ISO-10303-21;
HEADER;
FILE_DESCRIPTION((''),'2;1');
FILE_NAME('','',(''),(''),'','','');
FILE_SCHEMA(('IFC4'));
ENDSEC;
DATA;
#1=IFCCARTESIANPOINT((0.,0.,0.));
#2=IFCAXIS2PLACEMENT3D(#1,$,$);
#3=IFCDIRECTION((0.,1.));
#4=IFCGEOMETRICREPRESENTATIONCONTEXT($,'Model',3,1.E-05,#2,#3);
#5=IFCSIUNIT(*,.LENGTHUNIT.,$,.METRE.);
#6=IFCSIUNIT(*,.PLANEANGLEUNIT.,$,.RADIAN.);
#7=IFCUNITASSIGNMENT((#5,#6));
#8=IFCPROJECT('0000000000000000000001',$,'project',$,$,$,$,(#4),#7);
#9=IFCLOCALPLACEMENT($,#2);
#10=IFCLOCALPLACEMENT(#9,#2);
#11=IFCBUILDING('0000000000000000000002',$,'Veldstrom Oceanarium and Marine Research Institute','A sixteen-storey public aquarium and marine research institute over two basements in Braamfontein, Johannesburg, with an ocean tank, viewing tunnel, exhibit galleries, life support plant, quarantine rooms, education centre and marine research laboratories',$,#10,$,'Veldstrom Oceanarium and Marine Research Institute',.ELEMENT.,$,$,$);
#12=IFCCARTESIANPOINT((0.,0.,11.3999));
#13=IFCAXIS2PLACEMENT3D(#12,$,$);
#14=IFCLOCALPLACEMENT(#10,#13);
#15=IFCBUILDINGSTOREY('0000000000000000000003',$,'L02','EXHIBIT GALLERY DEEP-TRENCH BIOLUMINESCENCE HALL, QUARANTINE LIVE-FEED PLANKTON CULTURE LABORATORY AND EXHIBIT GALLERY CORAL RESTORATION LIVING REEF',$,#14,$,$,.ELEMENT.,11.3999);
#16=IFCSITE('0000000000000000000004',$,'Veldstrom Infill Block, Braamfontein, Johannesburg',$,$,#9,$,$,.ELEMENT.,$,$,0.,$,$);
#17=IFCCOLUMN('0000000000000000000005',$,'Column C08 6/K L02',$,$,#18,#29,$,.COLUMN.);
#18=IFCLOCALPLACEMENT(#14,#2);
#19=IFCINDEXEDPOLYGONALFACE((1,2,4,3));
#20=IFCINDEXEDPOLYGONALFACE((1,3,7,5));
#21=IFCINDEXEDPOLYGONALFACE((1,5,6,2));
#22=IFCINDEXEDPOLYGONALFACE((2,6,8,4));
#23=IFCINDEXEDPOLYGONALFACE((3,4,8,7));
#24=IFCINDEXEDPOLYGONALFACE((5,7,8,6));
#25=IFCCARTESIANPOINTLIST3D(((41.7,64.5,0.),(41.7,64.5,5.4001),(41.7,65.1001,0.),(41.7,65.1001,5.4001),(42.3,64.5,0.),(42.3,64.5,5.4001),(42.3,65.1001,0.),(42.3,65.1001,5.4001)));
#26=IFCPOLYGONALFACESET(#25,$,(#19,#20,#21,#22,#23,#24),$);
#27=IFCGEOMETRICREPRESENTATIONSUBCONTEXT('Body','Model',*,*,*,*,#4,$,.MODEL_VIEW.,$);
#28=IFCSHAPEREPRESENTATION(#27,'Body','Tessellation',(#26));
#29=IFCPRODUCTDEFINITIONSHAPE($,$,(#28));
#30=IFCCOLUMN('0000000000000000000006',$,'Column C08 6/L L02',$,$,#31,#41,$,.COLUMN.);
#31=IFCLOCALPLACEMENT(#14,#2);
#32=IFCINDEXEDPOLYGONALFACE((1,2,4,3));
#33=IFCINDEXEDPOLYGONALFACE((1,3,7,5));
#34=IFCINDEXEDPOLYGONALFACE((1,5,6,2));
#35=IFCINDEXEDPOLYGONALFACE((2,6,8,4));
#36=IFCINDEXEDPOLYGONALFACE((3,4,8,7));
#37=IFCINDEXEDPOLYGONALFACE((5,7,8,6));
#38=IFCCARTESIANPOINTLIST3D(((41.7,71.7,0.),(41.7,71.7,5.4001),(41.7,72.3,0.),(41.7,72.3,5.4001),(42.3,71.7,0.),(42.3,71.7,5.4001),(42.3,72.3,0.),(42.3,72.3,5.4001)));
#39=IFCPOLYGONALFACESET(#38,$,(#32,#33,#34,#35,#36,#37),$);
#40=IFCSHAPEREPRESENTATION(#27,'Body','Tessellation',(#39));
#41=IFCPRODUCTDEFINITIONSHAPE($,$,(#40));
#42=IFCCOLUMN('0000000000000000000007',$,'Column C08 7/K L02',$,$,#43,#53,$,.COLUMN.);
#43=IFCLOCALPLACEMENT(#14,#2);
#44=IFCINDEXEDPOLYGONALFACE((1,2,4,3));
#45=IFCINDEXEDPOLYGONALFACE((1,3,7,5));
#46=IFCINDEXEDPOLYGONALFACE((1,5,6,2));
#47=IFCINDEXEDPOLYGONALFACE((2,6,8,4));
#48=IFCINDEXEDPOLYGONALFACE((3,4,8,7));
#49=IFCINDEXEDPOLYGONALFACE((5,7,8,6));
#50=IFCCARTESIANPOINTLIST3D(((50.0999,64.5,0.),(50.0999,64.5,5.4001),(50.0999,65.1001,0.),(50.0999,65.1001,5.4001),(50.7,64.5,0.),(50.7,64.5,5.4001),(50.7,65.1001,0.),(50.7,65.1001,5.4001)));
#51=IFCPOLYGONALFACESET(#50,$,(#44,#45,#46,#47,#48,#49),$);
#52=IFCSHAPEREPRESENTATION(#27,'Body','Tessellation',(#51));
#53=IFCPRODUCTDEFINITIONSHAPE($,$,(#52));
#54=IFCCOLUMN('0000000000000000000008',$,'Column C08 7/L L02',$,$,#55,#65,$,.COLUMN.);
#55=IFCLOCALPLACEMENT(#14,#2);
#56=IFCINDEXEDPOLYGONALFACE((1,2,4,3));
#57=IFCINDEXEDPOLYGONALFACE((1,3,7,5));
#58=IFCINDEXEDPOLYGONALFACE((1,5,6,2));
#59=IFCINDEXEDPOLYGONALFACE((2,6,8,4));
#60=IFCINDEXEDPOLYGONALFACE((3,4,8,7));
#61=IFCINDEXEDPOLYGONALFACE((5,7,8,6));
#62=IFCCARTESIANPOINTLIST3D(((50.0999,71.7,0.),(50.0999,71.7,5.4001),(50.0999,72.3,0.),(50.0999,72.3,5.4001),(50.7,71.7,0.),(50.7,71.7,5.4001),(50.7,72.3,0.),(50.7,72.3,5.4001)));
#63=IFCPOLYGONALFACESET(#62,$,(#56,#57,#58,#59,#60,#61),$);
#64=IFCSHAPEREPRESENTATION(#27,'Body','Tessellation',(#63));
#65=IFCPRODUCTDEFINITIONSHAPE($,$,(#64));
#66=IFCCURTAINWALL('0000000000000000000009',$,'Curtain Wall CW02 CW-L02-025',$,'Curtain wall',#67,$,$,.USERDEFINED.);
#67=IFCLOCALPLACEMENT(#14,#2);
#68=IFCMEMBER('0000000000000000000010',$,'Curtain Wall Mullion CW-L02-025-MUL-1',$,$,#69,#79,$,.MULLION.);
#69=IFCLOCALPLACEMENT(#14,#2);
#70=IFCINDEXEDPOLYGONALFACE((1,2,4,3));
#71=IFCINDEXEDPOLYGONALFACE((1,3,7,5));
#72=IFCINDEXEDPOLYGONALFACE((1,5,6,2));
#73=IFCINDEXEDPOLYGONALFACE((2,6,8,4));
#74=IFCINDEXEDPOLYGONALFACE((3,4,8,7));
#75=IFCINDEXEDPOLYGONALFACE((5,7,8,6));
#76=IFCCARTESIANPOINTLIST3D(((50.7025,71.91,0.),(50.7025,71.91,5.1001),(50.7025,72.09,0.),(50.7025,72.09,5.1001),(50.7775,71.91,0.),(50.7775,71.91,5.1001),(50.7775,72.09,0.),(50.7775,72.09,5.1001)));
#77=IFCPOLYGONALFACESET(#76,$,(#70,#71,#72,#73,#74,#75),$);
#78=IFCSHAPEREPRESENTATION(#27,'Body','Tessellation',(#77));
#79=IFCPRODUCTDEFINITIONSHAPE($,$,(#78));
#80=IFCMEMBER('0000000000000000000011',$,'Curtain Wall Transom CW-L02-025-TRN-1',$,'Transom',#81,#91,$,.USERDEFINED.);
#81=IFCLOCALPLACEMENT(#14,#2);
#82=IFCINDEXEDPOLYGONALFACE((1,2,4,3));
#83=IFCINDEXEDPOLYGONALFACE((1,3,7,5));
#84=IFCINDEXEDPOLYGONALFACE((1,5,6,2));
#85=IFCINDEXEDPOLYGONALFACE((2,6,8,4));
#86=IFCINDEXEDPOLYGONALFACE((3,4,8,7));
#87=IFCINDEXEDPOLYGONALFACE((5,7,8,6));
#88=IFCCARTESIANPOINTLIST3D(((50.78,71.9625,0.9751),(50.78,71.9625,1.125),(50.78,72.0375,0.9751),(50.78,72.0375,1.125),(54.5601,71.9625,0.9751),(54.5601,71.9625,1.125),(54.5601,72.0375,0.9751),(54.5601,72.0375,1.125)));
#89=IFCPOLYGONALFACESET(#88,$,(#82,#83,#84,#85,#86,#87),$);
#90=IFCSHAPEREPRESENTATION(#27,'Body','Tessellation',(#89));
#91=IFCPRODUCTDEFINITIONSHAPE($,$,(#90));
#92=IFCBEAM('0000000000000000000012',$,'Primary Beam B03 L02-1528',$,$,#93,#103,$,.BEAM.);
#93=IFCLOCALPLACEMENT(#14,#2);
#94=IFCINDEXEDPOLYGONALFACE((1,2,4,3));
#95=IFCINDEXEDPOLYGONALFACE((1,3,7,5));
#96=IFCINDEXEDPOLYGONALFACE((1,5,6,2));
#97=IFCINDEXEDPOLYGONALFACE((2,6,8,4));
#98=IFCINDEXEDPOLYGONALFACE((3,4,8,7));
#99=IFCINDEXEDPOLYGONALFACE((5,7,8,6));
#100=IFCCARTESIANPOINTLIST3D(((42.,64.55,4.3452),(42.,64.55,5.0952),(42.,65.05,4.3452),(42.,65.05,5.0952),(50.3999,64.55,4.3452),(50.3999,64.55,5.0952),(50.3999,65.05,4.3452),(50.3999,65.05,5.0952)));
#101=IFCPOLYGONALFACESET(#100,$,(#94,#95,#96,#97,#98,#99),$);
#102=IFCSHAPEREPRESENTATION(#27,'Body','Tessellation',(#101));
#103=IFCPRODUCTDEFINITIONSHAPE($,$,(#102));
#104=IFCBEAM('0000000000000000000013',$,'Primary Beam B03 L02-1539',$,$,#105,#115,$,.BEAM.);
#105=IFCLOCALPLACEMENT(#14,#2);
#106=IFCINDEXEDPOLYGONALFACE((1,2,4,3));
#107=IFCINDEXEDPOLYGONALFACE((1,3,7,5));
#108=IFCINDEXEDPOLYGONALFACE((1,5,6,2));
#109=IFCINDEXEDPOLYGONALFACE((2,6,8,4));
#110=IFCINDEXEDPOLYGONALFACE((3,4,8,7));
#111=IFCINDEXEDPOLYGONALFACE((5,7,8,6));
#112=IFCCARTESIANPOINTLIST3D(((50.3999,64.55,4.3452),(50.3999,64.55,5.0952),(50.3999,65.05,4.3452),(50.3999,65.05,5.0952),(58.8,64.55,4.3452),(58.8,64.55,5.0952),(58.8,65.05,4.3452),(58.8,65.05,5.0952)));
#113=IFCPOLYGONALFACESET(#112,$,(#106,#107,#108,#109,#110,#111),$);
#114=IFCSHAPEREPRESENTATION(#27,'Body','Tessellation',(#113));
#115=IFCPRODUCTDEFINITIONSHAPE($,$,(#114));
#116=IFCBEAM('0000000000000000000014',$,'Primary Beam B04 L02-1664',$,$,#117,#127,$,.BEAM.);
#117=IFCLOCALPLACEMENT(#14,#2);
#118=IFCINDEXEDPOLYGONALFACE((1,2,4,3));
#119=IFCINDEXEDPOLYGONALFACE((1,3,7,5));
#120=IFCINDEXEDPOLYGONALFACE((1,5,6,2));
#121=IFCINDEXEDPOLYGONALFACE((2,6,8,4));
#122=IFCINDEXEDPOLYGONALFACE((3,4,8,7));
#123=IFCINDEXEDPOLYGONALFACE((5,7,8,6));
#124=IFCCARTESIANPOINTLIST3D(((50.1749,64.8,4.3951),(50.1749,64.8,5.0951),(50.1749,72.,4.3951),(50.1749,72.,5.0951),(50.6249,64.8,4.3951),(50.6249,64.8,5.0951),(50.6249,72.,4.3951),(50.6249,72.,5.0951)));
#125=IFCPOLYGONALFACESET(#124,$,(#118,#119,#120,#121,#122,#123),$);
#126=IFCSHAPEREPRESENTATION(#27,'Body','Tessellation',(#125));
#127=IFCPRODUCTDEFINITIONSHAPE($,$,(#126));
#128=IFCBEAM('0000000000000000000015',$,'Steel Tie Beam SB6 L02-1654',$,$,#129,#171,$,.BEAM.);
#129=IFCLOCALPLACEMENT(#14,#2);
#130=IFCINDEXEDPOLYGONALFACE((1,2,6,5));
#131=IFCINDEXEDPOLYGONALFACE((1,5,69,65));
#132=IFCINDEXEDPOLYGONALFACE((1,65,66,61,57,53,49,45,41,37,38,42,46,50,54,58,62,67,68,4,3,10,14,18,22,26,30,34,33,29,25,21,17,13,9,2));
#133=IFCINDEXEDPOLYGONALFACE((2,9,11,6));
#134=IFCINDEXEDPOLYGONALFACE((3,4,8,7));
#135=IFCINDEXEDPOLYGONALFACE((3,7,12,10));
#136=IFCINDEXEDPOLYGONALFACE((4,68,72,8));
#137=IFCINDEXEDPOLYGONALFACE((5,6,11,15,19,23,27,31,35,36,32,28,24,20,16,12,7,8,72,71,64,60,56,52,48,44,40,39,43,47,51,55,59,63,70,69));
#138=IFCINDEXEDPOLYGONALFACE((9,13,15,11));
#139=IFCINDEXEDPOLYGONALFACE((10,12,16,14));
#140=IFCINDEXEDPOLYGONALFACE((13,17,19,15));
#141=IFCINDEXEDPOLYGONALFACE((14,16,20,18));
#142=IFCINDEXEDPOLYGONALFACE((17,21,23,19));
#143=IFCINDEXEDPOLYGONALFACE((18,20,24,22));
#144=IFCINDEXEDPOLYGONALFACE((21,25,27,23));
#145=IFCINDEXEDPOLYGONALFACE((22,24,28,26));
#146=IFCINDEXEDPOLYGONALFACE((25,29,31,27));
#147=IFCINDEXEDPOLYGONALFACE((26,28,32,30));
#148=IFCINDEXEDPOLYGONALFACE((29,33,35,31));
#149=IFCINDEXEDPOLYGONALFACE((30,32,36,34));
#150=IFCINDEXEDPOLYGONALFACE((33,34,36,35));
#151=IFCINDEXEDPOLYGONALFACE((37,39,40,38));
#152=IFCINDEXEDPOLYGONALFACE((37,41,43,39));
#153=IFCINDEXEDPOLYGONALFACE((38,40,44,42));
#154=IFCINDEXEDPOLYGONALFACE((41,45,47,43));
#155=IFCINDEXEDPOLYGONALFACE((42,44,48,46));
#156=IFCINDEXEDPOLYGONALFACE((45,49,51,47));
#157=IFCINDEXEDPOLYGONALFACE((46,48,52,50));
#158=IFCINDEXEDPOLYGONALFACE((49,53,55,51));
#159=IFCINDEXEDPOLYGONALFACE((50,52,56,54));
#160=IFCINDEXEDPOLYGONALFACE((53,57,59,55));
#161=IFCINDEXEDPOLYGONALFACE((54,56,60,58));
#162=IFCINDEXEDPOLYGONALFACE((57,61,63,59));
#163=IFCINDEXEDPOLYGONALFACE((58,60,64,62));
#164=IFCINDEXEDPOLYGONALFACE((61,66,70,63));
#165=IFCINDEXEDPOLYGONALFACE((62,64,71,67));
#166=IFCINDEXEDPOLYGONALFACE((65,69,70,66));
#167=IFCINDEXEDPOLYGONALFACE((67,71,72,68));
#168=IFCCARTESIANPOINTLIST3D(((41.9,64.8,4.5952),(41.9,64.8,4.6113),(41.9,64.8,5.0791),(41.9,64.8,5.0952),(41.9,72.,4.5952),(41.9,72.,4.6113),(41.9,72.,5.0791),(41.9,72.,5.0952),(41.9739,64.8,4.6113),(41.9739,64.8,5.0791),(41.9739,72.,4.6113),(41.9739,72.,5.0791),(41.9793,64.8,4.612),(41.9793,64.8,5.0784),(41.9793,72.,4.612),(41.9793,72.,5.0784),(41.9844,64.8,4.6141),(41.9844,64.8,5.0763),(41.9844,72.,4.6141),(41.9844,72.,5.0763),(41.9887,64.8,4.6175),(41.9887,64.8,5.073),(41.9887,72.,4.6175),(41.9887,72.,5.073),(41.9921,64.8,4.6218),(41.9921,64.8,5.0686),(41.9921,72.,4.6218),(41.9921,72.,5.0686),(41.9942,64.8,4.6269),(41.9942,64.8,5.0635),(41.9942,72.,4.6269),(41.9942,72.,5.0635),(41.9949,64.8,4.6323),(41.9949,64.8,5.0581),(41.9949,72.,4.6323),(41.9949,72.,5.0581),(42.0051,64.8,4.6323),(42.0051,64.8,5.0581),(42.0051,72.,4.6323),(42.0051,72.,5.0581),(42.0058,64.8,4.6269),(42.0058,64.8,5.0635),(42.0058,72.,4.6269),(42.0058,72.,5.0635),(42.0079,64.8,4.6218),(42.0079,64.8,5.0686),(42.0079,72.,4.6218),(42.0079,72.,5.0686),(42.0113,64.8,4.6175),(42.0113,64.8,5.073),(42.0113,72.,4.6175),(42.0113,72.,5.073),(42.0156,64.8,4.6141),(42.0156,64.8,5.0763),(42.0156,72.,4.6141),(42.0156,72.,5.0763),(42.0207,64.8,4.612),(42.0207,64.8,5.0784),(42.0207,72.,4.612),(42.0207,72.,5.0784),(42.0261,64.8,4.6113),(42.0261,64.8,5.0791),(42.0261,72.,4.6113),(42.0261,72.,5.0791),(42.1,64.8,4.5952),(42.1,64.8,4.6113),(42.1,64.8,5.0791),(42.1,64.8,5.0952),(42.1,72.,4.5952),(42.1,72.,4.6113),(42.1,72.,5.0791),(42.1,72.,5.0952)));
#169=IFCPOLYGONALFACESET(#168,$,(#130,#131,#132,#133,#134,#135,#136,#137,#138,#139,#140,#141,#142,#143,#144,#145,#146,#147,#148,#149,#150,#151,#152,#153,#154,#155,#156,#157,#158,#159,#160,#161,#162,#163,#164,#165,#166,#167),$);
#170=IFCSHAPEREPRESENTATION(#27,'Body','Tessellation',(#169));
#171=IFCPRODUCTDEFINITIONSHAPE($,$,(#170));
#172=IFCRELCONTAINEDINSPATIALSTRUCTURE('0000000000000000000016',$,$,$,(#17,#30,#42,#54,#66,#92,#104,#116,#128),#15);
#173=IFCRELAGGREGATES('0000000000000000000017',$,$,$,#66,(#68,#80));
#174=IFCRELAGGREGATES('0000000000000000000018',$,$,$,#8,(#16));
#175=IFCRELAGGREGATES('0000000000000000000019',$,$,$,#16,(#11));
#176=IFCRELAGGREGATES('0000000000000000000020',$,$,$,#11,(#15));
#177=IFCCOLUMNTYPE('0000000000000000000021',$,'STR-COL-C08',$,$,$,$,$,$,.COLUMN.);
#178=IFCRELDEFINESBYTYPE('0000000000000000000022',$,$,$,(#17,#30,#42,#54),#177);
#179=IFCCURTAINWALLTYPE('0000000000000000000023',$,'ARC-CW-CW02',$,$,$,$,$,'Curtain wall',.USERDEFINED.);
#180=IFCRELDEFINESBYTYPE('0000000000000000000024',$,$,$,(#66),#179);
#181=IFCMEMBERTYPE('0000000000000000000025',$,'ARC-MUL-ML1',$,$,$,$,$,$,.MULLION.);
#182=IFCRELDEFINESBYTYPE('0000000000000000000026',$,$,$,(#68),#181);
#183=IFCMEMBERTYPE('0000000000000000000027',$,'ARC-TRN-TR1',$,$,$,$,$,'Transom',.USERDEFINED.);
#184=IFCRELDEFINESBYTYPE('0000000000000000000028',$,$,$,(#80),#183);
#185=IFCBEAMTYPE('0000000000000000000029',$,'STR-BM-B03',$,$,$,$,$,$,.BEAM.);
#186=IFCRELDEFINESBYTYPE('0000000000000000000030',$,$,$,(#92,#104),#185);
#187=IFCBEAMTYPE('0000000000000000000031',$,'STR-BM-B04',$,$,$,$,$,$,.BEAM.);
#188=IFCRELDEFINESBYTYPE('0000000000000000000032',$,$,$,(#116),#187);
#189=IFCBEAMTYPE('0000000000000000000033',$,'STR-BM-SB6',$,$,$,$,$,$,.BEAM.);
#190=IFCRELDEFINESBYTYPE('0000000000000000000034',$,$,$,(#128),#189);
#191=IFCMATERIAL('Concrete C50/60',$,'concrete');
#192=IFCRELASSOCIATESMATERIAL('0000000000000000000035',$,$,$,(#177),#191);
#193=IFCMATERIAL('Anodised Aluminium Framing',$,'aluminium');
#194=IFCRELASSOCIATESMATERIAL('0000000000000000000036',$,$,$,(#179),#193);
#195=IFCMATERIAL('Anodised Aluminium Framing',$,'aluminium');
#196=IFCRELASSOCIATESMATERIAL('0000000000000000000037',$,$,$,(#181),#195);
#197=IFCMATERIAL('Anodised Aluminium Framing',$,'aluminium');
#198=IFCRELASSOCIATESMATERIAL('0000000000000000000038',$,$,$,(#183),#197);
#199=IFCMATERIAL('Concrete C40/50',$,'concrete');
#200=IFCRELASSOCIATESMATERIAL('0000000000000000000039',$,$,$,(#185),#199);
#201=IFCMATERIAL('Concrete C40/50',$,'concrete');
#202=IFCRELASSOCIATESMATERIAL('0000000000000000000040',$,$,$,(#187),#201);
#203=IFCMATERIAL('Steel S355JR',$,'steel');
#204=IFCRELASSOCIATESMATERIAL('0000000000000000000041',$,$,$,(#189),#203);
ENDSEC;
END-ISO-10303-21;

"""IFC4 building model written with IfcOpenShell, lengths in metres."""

from ifc_helpers import new_model, si_unit, direction, frame, origin, origin_2d, place, context, subcontext, project, spatial, rectangle, i_section, extrude, material, material_profile, profile_set, type_object, element, aggregate, save


model = new_model("IFC4")

# Units and contexts
model_context = context("Model", 3, precision=1e-05, world=origin(), true_north=direction((0.0, 1.0)))
body_context = subcontext(model_context, "Body", "Model", "MODEL_VIEW")
ifc_project = project(units=[si_unit("LENGTHUNIT", "METRE"), si_unit("PLANEANGLEUNIT", "RADIAN")], contexts=[model_context])

# Site, building, storey
site_placement = place(None, origin())
site = spatial("IfcSite", under=ifc_project, at=site_placement, Name="Veldstrom Infill Block, Braamfontein, Johannesburg", CompositionType="ELEMENT", RefElevation=0.0)
building_placement = place(site_placement, origin())
building = spatial("IfcBuilding", under=site, at=building_placement, Name="Veldstrom Oceanarium and Marine Research Institute", Description="A sixteen-storey public aquarium and marine research institute over two basements in Braamfontein, Johannesburg, with an ocean tank, viewing tunnel, exhibit galleries, life support plant, quarantine rooms, education centre and marine research laboratories", LongName="Veldstrom Oceanarium and Marine Research Institute", CompositionType="ELEMENT")
storey_placement = place(building_placement, frame((0.0, 0.0, 11.3999)))
storey = spatial("IfcBuildingStorey", under=building, at=storey_placement, Name="L02", Description="EXHIBIT GALLERY DEEP-TRENCH BIOLUMINESCENCE HALL, QUARANTINE LIVE-FEED PLANKTON CULTURE LABORATORY AND EXHIBIT GALLERY CORAL RESTORATION LIVING REEF", CompositionType="ELEMENT", Elevation=11.3999)

# Columns
ifc_material_1 = material(Name="Concrete C50/60", Category="concrete")
ifc_material_profile_1 = material_profile(ifc_material_1, rectangle(XDim=0.6001, YDim=0.6001, at=origin_2d()), Name="RC-COL-600x600")
ifc_profile_set_1 = profile_set([ifc_material_profile_1], Name="Concrete C50/60")
column_type = type_object("IfcColumnType", Name="STR-COL-C08", PredefinedType="COLUMN", material=ifc_profile_set_1)
for number, where, z_axis, x_axis, name in (
    (1, (42.0, 64.8, 0.0), (0.0, 0.0, 1.0), (1.0, 0.0, 0.0), "Column C08 6/K L02"),
    (2, (42.0, 72.0, 0.0), (0.0, 0.0, 1.0), (1.0, 0.0, 0.0), "Column C08 6/L L02"),
    (3, (50.3999, 64.8, 0.0), (0.0, 0.0, 1.0), (1.0, 0.0, 0.0), "Column C08 7/K L02"),
    (4, (50.3999, 72.0, 0.0), (0.0, 0.0, 1.0), (1.0, 0.0, 0.0), "Column C08 7/L L02"),
):
    element("IfcColumn", number, at=place(storey_placement, frame(where, z_axis=z_axis, x_axis=x_axis)), inside=storey, type_object=column_type, Name=name, PredefinedType="COLUMN", context=body_context, shape_type="SweptSolid", body=[
        extrude(rectangle(XDim=0.6001, YDim=0.6001, at=origin_2d()), origin(), (0.0, 0.0, 1.0), 5.4001),
    ])

# Curtain wall, members
ifc_material_2 = material(Name="Anodised Aluminium Framing", Category="aluminium")
curtain_wall_type = type_object("IfcCurtainWallType", Name="ARC-CW-CW02", ElementType="Curtain wall", PredefinedType="USERDEFINED", material=ifc_material_2)
curtain_wall_placement = place(storey_placement, origin())
curtain_wall = element("IfcCurtainWall", 5, at=curtain_wall_placement, inside=storey, type_object=curtain_wall_type, Name="Curtain Wall CW02 CW-L02-025", ObjectType="Curtain wall", PredefinedType="USERDEFINED")
ifc_material_3 = material(Name="Anodised Aluminium Framing", Category="aluminium")
ifc_material_profile_2 = material_profile(ifc_material_3, rectangle(XDim=0.075, YDim=0.1799, at=origin_2d()), Name="ALU-MUL-75x180")
ifc_profile_set_2 = profile_set([ifc_material_profile_2], Name="Anodised Aluminium Framing")
member_type_1 = type_object("IfcMemberType", Name="ARC-MUL-ML1", PredefinedType="MULLION", material=ifc_profile_set_2)
member_1_placement = place(storey_placement, frame((50.74, 72.0, 0.0), z_axis=(0.0, 0.0, 1.0), x_axis=(1.0, 0.0, 0.0)))
member_1 = element("IfcMember", 6, at=member_1_placement, type_object=member_type_1, Name="Curtain Wall Mullion CW-L02-025-MUL-1", PredefinedType="MULLION", context=body_context, shape_type="SweptSolid", body=[
    extrude(rectangle(XDim=0.075, YDim=0.1799, at=origin_2d()), origin(), (0.0, 0.0, 1.0), 5.1001),
])
ifc_material_4 = material(Name="Anodised Aluminium Framing", Category="aluminium")
ifc_material_profile_3 = material_profile(ifc_material_4, rectangle(XDim=0.075, YDim=0.1499, at=origin_2d()), Name="ALU-TRN-75x150")
ifc_profile_set_3 = profile_set([ifc_material_profile_3], Name="Anodised Aluminium Framing")
member_type_2 = type_object("IfcMemberType", Name="ARC-TRN-TR1", ElementType="Transom", PredefinedType="USERDEFINED", material=ifc_profile_set_3)
member_2_placement = place(storey_placement, frame((50.78, 72.0, 1.05), z_axis=(1.0, 0.0, 0.0), x_axis=(0.0, 1.0, 0.0)))
member_2 = element("IfcMember", 7, at=member_2_placement, type_object=member_type_2, Name="Curtain Wall Transom CW-L02-025-TRN-1", ObjectType="Transom", PredefinedType="USERDEFINED", context=body_context, shape_type="SweptSolid", body=[
    extrude(rectangle(XDim=0.075, YDim=0.1499, at=origin_2d()), origin(), (0.0, 0.0, 1.0), 3.78),
])
aggregate(curtain_wall, [member_1, member_2])

# Beams
ifc_material_5 = material(Name="Concrete C40/50", Category="concrete")
ifc_material_profile_4 = material_profile(ifc_material_5, rectangle(XDim=0.5, YDim=0.75, at=origin_2d()), Name="RC-BM-500x750")
ifc_profile_set_4 = profile_set([ifc_material_profile_4], Name="Concrete C40/50")
beam_type_1 = type_object("IfcBeamType", Name="STR-BM-B03", PredefinedType="BEAM", material=ifc_profile_set_4)
beam_1_placement = place(storey_placement, frame((42.0, 64.8, 4.7202), z_axis=(1.0, 0.0, 0.0), x_axis=(0.0, 1.0, 0.0)))
element("IfcBeam", 8, at=beam_1_placement, inside=storey, type_object=beam_type_1, Name="Primary Beam B03 L02-1528", PredefinedType="BEAM", context=body_context, shape_type="SweptSolid", body=[
    extrude(rectangle(XDim=0.5, YDim=0.75, at=origin_2d()), origin(), (0.0, 0.0, 1.0), 8.3999),
])
beam_2_placement = place(storey_placement, frame((50.3999, 64.8, 4.7202), z_axis=(1.0, 0.0, 0.0), x_axis=(0.0, 1.0, 0.0)))
element("IfcBeam", 9, at=beam_2_placement, inside=storey, type_object=beam_type_1, Name="Primary Beam B03 L02-1539", PredefinedType="BEAM", context=body_context, shape_type="SweptSolid", body=[
    extrude(rectangle(XDim=0.5, YDim=0.75, at=origin_2d()), origin(), (0.0, 0.0, 1.0), 8.4001),
])
ifc_material_6 = material(Name="Concrete C40/50", Category="concrete")
ifc_material_profile_5 = material_profile(ifc_material_6, rectangle(XDim=0.45, YDim=0.7, at=origin_2d()), Name="RC-BM-450x700")
ifc_profile_set_5 = profile_set([ifc_material_profile_5], Name="Concrete C40/50")
beam_type_2 = type_object("IfcBeamType", Name="STR-BM-B04", PredefinedType="BEAM", material=ifc_profile_set_5)
beam_3_placement = place(storey_placement, frame((50.3999, 64.8, 4.7451), z_axis=(0.0, 1.0, 0.0), x_axis=(-1.0, 0.0, 0.0)))
element("IfcBeam", 10, at=beam_3_placement, inside=storey, type_object=beam_type_2, Name="Primary Beam B04 L02-1664", PredefinedType="BEAM", context=body_context, shape_type="SweptSolid", body=[
    extrude(rectangle(XDim=0.45, YDim=0.7, at=origin_2d()), origin(), (0.0, 0.0, 1.0), 7.2),
])
ifc_material_7 = material(Name="Steel S355JR", Category="steel")
ifc_material_profile_6 = material_profile(ifc_material_7, i_section(OverallWidth=0.2, OverallDepth=0.5, WebThickness=0.0103, FlangeThickness=0.0161, FilletRadius=0.021, at=origin_2d()), Name="IPE 500")
ifc_profile_set_6 = profile_set([ifc_material_profile_6], Name="Steel S355JR")
beam_type_3 = type_object("IfcBeamType", Name="STR-BM-SB6", PredefinedType="BEAM", material=ifc_profile_set_6)
beam_4_placement = place(storey_placement, frame((42.0, 64.8, 4.8452), z_axis=(0.0, 1.0, 0.0), x_axis=(-1.0, 0.0, 0.0)))
element("IfcBeam", 11, at=beam_4_placement, inside=storey, type_object=beam_type_3, Name="Steel Tie Beam SB6 L02-1654", PredefinedType="BEAM", context=body_context, shape_type="SweptSolid", body=[
    extrude(i_section(OverallWidth=0.2, OverallDepth=0.5, WebThickness=0.0103, FlangeThickness=0.0161, FilletRadius=0.021, at=origin_2d()), origin(), (0.0, 0.0, 1.0), 7.2),
])

save(model, "model.ifc")
